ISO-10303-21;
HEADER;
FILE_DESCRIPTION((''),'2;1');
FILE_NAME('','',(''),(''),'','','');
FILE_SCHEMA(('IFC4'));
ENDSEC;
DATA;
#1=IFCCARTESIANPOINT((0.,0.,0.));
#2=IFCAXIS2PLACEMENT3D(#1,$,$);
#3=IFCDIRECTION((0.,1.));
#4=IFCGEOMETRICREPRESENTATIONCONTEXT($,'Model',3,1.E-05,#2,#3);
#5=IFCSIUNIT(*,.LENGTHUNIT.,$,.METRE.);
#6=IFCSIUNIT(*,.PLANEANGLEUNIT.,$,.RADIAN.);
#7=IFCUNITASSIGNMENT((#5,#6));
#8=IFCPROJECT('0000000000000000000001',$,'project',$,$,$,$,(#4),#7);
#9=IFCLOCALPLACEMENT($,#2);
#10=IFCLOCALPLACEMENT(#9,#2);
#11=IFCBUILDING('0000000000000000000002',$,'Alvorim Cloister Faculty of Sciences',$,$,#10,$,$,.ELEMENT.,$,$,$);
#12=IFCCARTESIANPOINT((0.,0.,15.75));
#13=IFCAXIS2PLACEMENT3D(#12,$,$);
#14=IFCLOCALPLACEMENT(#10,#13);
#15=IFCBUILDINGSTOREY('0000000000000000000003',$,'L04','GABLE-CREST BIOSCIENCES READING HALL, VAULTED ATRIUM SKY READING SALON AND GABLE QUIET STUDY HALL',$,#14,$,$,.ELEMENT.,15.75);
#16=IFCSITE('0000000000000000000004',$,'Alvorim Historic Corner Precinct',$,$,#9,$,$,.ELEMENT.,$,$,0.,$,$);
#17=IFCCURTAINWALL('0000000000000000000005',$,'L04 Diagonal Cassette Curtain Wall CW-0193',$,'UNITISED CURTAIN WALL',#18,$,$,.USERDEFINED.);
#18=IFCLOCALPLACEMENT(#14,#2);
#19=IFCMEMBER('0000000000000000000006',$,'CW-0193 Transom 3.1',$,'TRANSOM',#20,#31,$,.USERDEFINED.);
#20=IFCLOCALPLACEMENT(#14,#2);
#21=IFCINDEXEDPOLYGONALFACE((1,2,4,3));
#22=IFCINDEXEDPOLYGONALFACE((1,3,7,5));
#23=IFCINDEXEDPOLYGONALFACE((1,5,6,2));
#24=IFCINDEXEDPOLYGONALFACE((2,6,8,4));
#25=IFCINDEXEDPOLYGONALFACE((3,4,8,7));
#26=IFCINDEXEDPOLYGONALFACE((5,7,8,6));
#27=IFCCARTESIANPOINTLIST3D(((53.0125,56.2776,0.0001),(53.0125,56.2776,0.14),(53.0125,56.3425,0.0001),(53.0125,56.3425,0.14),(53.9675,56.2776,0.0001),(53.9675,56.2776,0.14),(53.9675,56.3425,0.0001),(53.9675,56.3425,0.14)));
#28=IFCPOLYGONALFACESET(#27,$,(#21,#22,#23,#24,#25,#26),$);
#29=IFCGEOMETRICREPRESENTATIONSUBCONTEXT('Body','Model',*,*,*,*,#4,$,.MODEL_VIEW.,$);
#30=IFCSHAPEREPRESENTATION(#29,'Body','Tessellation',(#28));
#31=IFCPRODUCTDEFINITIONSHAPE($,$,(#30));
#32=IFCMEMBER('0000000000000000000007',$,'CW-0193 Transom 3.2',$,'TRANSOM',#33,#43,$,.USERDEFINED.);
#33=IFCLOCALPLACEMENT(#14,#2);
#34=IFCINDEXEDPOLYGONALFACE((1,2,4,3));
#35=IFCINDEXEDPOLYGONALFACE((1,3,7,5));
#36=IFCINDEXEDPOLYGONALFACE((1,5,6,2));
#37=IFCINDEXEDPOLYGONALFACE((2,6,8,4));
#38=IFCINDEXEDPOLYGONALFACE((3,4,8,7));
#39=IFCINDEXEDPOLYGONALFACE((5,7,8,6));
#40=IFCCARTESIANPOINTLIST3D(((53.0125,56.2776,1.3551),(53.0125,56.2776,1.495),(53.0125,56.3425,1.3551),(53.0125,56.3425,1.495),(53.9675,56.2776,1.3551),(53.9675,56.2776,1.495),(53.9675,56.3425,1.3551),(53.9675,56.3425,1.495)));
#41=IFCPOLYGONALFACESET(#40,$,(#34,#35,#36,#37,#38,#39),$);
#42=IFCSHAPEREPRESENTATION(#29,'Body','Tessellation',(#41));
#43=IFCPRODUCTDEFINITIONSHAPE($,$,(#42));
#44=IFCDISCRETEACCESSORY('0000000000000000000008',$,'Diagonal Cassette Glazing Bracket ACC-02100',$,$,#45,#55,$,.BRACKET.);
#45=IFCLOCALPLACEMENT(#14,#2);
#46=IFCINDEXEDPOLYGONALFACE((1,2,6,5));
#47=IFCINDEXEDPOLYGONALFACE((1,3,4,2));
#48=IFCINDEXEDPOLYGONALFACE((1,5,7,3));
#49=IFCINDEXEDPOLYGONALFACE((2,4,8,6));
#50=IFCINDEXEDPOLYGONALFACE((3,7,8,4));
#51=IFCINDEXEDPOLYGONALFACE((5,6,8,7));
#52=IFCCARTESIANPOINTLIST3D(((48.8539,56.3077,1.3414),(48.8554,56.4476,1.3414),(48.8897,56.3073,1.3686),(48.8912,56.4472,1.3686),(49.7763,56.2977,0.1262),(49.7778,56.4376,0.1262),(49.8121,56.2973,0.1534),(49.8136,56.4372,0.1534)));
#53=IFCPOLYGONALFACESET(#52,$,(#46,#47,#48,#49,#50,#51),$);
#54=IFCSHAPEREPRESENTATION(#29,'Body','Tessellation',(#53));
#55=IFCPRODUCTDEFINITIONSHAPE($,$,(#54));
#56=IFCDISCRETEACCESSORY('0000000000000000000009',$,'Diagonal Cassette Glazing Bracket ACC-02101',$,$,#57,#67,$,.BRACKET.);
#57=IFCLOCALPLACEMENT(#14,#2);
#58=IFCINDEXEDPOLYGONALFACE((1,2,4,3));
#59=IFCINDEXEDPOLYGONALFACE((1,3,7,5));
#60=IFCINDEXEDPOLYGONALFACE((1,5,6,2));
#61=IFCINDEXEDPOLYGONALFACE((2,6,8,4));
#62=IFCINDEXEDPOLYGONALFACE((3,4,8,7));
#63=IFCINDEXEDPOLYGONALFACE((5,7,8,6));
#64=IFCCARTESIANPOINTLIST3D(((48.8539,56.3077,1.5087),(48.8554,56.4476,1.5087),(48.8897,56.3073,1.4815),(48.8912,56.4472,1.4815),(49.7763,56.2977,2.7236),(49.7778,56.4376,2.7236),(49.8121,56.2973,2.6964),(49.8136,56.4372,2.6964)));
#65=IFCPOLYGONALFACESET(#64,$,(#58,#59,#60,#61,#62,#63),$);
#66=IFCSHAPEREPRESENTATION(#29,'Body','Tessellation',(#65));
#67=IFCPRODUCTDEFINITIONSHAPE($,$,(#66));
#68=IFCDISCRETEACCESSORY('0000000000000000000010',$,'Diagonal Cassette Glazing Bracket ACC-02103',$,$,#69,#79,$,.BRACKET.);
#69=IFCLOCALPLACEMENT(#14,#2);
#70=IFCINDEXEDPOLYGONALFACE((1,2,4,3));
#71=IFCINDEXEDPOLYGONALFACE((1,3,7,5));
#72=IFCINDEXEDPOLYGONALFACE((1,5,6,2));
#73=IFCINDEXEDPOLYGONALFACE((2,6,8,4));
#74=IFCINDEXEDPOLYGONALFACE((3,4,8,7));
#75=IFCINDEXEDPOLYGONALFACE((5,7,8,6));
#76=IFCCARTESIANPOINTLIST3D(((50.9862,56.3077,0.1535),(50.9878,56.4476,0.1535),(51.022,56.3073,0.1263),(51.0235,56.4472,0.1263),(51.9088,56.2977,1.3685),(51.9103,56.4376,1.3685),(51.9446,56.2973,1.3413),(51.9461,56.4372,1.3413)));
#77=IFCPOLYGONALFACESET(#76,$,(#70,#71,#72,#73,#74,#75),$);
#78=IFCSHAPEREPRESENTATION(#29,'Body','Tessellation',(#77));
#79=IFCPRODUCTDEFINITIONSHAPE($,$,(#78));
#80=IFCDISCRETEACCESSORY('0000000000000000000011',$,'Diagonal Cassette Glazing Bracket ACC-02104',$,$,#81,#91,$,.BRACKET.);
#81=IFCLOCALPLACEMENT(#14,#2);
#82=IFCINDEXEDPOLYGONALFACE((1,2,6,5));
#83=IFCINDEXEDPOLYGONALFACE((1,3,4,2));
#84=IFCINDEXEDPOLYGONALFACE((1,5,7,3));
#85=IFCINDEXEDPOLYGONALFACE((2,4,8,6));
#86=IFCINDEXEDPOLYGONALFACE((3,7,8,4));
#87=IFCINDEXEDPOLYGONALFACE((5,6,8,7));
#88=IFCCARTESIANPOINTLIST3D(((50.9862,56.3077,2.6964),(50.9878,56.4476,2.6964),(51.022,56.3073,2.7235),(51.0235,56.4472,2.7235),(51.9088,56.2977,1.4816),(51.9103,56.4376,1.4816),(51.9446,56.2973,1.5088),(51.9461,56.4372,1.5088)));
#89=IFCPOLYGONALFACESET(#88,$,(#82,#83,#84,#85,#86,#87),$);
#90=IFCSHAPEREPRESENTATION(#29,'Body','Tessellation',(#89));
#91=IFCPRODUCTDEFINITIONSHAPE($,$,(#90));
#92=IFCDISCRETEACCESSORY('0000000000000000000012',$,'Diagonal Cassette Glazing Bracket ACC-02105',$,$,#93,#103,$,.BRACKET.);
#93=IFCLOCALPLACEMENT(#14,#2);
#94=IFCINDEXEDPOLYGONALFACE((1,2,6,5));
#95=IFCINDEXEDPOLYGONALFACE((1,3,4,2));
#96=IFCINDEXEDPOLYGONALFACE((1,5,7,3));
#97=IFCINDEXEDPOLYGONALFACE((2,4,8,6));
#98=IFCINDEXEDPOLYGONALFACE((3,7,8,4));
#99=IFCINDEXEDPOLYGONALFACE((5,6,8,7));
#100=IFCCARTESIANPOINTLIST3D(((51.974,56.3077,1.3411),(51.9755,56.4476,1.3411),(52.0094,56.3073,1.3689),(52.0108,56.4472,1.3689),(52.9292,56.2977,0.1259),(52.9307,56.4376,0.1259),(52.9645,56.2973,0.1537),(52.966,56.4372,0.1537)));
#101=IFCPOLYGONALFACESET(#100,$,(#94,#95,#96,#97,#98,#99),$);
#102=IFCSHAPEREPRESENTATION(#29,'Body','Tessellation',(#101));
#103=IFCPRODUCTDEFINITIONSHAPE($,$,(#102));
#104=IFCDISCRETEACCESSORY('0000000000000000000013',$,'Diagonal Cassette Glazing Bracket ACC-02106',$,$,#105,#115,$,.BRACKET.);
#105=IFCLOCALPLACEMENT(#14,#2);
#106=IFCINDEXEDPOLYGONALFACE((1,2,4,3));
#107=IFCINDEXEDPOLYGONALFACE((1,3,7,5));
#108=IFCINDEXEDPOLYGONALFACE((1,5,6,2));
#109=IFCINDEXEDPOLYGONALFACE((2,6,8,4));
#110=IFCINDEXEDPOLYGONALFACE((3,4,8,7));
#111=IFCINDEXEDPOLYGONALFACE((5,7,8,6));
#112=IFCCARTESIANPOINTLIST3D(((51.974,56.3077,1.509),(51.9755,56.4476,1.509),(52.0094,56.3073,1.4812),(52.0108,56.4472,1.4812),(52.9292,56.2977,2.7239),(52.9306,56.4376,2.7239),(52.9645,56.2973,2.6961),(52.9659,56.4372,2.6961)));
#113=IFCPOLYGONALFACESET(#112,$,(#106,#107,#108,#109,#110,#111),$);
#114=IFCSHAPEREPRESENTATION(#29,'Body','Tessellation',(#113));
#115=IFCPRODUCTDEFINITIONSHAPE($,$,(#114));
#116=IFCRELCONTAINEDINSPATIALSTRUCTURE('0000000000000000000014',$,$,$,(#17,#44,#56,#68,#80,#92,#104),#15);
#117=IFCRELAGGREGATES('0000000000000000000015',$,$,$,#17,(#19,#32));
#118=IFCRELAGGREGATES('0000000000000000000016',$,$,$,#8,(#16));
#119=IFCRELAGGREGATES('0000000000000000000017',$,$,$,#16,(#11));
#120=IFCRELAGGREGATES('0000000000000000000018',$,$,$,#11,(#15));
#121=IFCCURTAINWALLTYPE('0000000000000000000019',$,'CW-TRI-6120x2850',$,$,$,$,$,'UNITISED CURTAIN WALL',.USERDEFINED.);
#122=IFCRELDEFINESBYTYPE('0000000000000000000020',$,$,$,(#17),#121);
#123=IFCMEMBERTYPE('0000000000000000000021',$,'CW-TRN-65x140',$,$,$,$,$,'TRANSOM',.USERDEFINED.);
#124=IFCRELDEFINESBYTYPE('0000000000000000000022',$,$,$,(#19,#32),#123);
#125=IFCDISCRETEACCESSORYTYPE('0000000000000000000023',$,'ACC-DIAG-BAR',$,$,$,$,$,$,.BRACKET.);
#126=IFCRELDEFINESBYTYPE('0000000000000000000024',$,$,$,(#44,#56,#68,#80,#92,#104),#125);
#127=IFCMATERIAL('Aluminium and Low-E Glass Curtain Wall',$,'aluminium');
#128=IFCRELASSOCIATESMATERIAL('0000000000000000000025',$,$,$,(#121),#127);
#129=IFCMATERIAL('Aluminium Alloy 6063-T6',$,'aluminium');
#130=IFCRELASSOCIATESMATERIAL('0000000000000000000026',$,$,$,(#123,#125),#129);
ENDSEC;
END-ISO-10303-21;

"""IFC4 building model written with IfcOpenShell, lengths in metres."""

from ifc_helpers import new_model, si_unit, direction, frame, origin, origin_2d, place, context, subcontext, project, spatial, rectangle, extrude, material, material_profile, profile_set, type_object, element, aggregate, save


model = new_model("IFC4")

# Units and contexts
model_context = context("Model", 3, precision=1e-05, world=origin(), true_north=direction((0.0, 1.0)))
body_context = subcontext(model_context, "Body", "Model", "MODEL_VIEW")
ifc_project = project(units=[si_unit("LENGTHUNIT", "METRE"), si_unit("PLANEANGLEUNIT", "RADIAN")], contexts=[model_context])

# Site, building, storey
site_placement = place(None, origin())
site = spatial("IfcSite", under=ifc_project, at=site_placement, Name="Alvorim Historic Corner Precinct", CompositionType="ELEMENT", RefElevation=0.0)
building_placement = place(site_placement, origin())
building = spatial("IfcBuilding", under=site, at=building_placement, Name="Alvorim Cloister Faculty of Sciences", CompositionType="ELEMENT")
storey_placement = place(building_placement, frame((0.0, 0.0, 15.75)))
storey = spatial("IfcBuildingStorey", under=building, at=storey_placement, Name="L04", Description="GABLE-CREST BIOSCIENCES READING HALL, VAULTED ATRIUM SKY READING SALON AND GABLE QUIET STUDY HALL", CompositionType="ELEMENT", Elevation=15.75)

# Shared definitions
ifc_material_1 = material(Name="Aluminium and Low-E Glass Curtain Wall", Category="aluminium")
curtain_wall_type = type_object("IfcCurtainWallType", Name="CW-TRI-6120x2850", ElementType="UNITISED CURTAIN WALL", PredefinedType="USERDEFINED", material=ifc_material_1)
ifc_material_2 = material(Name="Aluminium Alloy 6063-T6", Category="aluminium")

# Curtain wall
curtain_wall_1_placement = place(storey_placement, origin())
curtain_wall_1 = element("IfcCurtainWall", 1, at=curtain_wall_1_placement, inside=storey, type_object=curtain_wall_type, Name="L04 Diagonal Cassette Curtain Wall CW-0193", ObjectType="UNITISED CURTAIN WALL", PredefinedType="USERDEFINED")

# Members
ifc_material_profile_1 = material_profile(ifc_material_2, rectangle(XDim=0.0649, YDim=0.1399, at=origin_2d()), Name="ALU-TRN-65x140")
ifc_profile_set_1 = profile_set([ifc_material_profile_1], Name="Aluminium Alloy 6063-T6")
member_type_1 = type_object("IfcMemberType", Name="CW-TRN-65x140", ElementType="TRANSOM", PredefinedType="USERDEFINED", material=ifc_profile_set_1)
member_1_placement = place(storey_placement, frame((53.0125, 56.3101, 0.0701), z_axis=(1.0, 0.0, 0.0), x_axis=(0.0, 1.0, 0.0)))
member_1 = element("IfcMember", 2, at=member_1_placement, type_object=member_type_1, Name="CW-0193 Transom 3.1", ObjectType="TRANSOM", PredefinedType="USERDEFINED", context=body_context, shape_type="SweptSolid", body=[
    extrude(rectangle(XDim=0.0649, YDim=0.1399, at=origin_2d()), origin(), (0.0, 0.0, 1.0), 0.9551),
])
member_2_placement = place(storey_placement, frame((53.0125, 56.3101, 1.425), z_axis=(1.0, 0.0, 0.0), x_axis=(0.0, 1.0, 0.0)))
member_2 = element("IfcMember", 3, at=member_2_placement, type_object=member_type_1, Name="CW-0193 Transom 3.2", ObjectType="TRANSOM", PredefinedType="USERDEFINED", context=body_context, shape_type="SweptSolid", body=[
    extrude(rectangle(XDim=0.0649, YDim=0.1399, at=origin_2d()), origin(), (0.0, 0.0, 1.0), 0.9551),
])
aggregate(curtain_wall_1, [member_1, member_2])

# Discrete accessories
discrete_accessory_type = type_object("IfcDiscreteAccessoryType", Name="ACC-DIAG-BAR", PredefinedType="BRACKET", material=ifc_material_2)
discrete_accessory_1_placement = place(storey_placement, frame((48.8726, 56.3774, 1.355), z_axis=(0.604612, -0.006561, -0.796493), x_axis=(0.010852, 0.999941, 0.0)))
element("IfcDiscreteAccessory", 4, at=discrete_accessory_1_placement, inside=storey, type_object=discrete_accessory_type, Name="Diagonal Cassette Glazing Bracket ACC-02100", PredefinedType="BRACKET", context=body_context, shape_type="SweptSolid", body=[
    extrude(rectangle(XDim=0.1399, YDim=0.0449, at=origin_2d()), origin(), (0.0, 0.0, 1.0), 1.5256),
])
discrete_accessory_2_placement = place(storey_placement, frame((48.8726, 56.3774, 1.4951), z_axis=(0.604689, -0.006562, 0.796435), x_axis=(0.010852, 0.999941, 0.0)))
element("IfcDiscreteAccessory", 5, at=discrete_accessory_2_placement, inside=storey, type_object=discrete_accessory_type, Name="Diagonal Cassette Glazing Bracket ACC-02101", PredefinedType="BRACKET", context=body_context, shape_type="SweptSolid", body=[
    extrude(rectangle(XDim=0.1399, YDim=0.0449, at=origin_2d()), origin(), (0.0, 0.0, 1.0), 1.5254),
])
discrete_accessory_3_placement = place(storey_placement, frame((51.0049, 56.3774, 0.1399), z_axis=(0.604713, -0.006561, 0.796416), x_axis=(0.010849, 0.999941, 0.0)))
element("IfcDiscreteAccessory", 6, at=discrete_accessory_3_placement, inside=storey, type_object=discrete_accessory_type, Name="Diagonal Cassette Glazing Bracket ACC-02103", PredefinedType="BRACKET", context=body_context, shape_type="SweptSolid", body=[
    extrude(rectangle(XDim=0.1399, YDim=0.0449, at=origin_2d()), origin(), (0.0, 0.0, 1.0), 1.5256),
])
discrete_accessory_4_placement = place(storey_placement, frame((51.0049, 56.3774, 2.71), z_axis=(0.60479, -0.006562, -0.796358), x_axis=(0.010849, 0.999941, 0.0)))
element("IfcDiscreteAccessory", 7, at=discrete_accessory_4_placement, inside=storey, type_object=discrete_accessory_type, Name="Diagonal Cassette Glazing Bracket ACC-02104", PredefinedType="BRACKET", context=body_context, shape_type="SweptSolid", body=[
    extrude(rectangle(XDim=0.1399, YDim=0.0449, at=origin_2d()), origin(), (0.0, 0.0, 1.0), 1.5254),
])
discrete_accessory_5_placement = place(storey_placement, frame((51.9924, 56.3774, 1.355), z_axis=(0.617955, -0.006477, -0.786187), x_axis=(0.01048, 0.999945, 0.0)))
element("IfcDiscreteAccessory", 8, at=discrete_accessory_5_placement, inside=storey, type_object=discrete_accessory_type, Name="Diagonal Cassette Glazing Bracket ACC-02105", PredefinedType="BRACKET", context=body_context, shape_type="SweptSolid", body=[
    extrude(rectangle(XDim=0.1399, YDim=0.0449, at=origin_2d()), origin(), (0.0, 0.0, 1.0), 1.5457),
])
discrete_accessory_6_placement = place(storey_placement, frame((51.9924, 56.3774, 1.4951), z_axis=(0.618032, -0.006477, 0.786126), x_axis=(0.01048, 0.999945, 0.0)))
element("IfcDiscreteAccessory", 9, at=discrete_accessory_6_placement, inside=storey, type_object=discrete_accessory_type, Name="Diagonal Cassette Glazing Bracket ACC-02106", PredefinedType="BRACKET", context=body_context, shape_type="SweptSolid", body=[
    extrude(rectangle(XDim=0.1399, YDim=0.0449, at=origin_2d()), origin(), (0.0, 0.0, 1.0), 1.5454),
])

save(model, "model.ifc")
